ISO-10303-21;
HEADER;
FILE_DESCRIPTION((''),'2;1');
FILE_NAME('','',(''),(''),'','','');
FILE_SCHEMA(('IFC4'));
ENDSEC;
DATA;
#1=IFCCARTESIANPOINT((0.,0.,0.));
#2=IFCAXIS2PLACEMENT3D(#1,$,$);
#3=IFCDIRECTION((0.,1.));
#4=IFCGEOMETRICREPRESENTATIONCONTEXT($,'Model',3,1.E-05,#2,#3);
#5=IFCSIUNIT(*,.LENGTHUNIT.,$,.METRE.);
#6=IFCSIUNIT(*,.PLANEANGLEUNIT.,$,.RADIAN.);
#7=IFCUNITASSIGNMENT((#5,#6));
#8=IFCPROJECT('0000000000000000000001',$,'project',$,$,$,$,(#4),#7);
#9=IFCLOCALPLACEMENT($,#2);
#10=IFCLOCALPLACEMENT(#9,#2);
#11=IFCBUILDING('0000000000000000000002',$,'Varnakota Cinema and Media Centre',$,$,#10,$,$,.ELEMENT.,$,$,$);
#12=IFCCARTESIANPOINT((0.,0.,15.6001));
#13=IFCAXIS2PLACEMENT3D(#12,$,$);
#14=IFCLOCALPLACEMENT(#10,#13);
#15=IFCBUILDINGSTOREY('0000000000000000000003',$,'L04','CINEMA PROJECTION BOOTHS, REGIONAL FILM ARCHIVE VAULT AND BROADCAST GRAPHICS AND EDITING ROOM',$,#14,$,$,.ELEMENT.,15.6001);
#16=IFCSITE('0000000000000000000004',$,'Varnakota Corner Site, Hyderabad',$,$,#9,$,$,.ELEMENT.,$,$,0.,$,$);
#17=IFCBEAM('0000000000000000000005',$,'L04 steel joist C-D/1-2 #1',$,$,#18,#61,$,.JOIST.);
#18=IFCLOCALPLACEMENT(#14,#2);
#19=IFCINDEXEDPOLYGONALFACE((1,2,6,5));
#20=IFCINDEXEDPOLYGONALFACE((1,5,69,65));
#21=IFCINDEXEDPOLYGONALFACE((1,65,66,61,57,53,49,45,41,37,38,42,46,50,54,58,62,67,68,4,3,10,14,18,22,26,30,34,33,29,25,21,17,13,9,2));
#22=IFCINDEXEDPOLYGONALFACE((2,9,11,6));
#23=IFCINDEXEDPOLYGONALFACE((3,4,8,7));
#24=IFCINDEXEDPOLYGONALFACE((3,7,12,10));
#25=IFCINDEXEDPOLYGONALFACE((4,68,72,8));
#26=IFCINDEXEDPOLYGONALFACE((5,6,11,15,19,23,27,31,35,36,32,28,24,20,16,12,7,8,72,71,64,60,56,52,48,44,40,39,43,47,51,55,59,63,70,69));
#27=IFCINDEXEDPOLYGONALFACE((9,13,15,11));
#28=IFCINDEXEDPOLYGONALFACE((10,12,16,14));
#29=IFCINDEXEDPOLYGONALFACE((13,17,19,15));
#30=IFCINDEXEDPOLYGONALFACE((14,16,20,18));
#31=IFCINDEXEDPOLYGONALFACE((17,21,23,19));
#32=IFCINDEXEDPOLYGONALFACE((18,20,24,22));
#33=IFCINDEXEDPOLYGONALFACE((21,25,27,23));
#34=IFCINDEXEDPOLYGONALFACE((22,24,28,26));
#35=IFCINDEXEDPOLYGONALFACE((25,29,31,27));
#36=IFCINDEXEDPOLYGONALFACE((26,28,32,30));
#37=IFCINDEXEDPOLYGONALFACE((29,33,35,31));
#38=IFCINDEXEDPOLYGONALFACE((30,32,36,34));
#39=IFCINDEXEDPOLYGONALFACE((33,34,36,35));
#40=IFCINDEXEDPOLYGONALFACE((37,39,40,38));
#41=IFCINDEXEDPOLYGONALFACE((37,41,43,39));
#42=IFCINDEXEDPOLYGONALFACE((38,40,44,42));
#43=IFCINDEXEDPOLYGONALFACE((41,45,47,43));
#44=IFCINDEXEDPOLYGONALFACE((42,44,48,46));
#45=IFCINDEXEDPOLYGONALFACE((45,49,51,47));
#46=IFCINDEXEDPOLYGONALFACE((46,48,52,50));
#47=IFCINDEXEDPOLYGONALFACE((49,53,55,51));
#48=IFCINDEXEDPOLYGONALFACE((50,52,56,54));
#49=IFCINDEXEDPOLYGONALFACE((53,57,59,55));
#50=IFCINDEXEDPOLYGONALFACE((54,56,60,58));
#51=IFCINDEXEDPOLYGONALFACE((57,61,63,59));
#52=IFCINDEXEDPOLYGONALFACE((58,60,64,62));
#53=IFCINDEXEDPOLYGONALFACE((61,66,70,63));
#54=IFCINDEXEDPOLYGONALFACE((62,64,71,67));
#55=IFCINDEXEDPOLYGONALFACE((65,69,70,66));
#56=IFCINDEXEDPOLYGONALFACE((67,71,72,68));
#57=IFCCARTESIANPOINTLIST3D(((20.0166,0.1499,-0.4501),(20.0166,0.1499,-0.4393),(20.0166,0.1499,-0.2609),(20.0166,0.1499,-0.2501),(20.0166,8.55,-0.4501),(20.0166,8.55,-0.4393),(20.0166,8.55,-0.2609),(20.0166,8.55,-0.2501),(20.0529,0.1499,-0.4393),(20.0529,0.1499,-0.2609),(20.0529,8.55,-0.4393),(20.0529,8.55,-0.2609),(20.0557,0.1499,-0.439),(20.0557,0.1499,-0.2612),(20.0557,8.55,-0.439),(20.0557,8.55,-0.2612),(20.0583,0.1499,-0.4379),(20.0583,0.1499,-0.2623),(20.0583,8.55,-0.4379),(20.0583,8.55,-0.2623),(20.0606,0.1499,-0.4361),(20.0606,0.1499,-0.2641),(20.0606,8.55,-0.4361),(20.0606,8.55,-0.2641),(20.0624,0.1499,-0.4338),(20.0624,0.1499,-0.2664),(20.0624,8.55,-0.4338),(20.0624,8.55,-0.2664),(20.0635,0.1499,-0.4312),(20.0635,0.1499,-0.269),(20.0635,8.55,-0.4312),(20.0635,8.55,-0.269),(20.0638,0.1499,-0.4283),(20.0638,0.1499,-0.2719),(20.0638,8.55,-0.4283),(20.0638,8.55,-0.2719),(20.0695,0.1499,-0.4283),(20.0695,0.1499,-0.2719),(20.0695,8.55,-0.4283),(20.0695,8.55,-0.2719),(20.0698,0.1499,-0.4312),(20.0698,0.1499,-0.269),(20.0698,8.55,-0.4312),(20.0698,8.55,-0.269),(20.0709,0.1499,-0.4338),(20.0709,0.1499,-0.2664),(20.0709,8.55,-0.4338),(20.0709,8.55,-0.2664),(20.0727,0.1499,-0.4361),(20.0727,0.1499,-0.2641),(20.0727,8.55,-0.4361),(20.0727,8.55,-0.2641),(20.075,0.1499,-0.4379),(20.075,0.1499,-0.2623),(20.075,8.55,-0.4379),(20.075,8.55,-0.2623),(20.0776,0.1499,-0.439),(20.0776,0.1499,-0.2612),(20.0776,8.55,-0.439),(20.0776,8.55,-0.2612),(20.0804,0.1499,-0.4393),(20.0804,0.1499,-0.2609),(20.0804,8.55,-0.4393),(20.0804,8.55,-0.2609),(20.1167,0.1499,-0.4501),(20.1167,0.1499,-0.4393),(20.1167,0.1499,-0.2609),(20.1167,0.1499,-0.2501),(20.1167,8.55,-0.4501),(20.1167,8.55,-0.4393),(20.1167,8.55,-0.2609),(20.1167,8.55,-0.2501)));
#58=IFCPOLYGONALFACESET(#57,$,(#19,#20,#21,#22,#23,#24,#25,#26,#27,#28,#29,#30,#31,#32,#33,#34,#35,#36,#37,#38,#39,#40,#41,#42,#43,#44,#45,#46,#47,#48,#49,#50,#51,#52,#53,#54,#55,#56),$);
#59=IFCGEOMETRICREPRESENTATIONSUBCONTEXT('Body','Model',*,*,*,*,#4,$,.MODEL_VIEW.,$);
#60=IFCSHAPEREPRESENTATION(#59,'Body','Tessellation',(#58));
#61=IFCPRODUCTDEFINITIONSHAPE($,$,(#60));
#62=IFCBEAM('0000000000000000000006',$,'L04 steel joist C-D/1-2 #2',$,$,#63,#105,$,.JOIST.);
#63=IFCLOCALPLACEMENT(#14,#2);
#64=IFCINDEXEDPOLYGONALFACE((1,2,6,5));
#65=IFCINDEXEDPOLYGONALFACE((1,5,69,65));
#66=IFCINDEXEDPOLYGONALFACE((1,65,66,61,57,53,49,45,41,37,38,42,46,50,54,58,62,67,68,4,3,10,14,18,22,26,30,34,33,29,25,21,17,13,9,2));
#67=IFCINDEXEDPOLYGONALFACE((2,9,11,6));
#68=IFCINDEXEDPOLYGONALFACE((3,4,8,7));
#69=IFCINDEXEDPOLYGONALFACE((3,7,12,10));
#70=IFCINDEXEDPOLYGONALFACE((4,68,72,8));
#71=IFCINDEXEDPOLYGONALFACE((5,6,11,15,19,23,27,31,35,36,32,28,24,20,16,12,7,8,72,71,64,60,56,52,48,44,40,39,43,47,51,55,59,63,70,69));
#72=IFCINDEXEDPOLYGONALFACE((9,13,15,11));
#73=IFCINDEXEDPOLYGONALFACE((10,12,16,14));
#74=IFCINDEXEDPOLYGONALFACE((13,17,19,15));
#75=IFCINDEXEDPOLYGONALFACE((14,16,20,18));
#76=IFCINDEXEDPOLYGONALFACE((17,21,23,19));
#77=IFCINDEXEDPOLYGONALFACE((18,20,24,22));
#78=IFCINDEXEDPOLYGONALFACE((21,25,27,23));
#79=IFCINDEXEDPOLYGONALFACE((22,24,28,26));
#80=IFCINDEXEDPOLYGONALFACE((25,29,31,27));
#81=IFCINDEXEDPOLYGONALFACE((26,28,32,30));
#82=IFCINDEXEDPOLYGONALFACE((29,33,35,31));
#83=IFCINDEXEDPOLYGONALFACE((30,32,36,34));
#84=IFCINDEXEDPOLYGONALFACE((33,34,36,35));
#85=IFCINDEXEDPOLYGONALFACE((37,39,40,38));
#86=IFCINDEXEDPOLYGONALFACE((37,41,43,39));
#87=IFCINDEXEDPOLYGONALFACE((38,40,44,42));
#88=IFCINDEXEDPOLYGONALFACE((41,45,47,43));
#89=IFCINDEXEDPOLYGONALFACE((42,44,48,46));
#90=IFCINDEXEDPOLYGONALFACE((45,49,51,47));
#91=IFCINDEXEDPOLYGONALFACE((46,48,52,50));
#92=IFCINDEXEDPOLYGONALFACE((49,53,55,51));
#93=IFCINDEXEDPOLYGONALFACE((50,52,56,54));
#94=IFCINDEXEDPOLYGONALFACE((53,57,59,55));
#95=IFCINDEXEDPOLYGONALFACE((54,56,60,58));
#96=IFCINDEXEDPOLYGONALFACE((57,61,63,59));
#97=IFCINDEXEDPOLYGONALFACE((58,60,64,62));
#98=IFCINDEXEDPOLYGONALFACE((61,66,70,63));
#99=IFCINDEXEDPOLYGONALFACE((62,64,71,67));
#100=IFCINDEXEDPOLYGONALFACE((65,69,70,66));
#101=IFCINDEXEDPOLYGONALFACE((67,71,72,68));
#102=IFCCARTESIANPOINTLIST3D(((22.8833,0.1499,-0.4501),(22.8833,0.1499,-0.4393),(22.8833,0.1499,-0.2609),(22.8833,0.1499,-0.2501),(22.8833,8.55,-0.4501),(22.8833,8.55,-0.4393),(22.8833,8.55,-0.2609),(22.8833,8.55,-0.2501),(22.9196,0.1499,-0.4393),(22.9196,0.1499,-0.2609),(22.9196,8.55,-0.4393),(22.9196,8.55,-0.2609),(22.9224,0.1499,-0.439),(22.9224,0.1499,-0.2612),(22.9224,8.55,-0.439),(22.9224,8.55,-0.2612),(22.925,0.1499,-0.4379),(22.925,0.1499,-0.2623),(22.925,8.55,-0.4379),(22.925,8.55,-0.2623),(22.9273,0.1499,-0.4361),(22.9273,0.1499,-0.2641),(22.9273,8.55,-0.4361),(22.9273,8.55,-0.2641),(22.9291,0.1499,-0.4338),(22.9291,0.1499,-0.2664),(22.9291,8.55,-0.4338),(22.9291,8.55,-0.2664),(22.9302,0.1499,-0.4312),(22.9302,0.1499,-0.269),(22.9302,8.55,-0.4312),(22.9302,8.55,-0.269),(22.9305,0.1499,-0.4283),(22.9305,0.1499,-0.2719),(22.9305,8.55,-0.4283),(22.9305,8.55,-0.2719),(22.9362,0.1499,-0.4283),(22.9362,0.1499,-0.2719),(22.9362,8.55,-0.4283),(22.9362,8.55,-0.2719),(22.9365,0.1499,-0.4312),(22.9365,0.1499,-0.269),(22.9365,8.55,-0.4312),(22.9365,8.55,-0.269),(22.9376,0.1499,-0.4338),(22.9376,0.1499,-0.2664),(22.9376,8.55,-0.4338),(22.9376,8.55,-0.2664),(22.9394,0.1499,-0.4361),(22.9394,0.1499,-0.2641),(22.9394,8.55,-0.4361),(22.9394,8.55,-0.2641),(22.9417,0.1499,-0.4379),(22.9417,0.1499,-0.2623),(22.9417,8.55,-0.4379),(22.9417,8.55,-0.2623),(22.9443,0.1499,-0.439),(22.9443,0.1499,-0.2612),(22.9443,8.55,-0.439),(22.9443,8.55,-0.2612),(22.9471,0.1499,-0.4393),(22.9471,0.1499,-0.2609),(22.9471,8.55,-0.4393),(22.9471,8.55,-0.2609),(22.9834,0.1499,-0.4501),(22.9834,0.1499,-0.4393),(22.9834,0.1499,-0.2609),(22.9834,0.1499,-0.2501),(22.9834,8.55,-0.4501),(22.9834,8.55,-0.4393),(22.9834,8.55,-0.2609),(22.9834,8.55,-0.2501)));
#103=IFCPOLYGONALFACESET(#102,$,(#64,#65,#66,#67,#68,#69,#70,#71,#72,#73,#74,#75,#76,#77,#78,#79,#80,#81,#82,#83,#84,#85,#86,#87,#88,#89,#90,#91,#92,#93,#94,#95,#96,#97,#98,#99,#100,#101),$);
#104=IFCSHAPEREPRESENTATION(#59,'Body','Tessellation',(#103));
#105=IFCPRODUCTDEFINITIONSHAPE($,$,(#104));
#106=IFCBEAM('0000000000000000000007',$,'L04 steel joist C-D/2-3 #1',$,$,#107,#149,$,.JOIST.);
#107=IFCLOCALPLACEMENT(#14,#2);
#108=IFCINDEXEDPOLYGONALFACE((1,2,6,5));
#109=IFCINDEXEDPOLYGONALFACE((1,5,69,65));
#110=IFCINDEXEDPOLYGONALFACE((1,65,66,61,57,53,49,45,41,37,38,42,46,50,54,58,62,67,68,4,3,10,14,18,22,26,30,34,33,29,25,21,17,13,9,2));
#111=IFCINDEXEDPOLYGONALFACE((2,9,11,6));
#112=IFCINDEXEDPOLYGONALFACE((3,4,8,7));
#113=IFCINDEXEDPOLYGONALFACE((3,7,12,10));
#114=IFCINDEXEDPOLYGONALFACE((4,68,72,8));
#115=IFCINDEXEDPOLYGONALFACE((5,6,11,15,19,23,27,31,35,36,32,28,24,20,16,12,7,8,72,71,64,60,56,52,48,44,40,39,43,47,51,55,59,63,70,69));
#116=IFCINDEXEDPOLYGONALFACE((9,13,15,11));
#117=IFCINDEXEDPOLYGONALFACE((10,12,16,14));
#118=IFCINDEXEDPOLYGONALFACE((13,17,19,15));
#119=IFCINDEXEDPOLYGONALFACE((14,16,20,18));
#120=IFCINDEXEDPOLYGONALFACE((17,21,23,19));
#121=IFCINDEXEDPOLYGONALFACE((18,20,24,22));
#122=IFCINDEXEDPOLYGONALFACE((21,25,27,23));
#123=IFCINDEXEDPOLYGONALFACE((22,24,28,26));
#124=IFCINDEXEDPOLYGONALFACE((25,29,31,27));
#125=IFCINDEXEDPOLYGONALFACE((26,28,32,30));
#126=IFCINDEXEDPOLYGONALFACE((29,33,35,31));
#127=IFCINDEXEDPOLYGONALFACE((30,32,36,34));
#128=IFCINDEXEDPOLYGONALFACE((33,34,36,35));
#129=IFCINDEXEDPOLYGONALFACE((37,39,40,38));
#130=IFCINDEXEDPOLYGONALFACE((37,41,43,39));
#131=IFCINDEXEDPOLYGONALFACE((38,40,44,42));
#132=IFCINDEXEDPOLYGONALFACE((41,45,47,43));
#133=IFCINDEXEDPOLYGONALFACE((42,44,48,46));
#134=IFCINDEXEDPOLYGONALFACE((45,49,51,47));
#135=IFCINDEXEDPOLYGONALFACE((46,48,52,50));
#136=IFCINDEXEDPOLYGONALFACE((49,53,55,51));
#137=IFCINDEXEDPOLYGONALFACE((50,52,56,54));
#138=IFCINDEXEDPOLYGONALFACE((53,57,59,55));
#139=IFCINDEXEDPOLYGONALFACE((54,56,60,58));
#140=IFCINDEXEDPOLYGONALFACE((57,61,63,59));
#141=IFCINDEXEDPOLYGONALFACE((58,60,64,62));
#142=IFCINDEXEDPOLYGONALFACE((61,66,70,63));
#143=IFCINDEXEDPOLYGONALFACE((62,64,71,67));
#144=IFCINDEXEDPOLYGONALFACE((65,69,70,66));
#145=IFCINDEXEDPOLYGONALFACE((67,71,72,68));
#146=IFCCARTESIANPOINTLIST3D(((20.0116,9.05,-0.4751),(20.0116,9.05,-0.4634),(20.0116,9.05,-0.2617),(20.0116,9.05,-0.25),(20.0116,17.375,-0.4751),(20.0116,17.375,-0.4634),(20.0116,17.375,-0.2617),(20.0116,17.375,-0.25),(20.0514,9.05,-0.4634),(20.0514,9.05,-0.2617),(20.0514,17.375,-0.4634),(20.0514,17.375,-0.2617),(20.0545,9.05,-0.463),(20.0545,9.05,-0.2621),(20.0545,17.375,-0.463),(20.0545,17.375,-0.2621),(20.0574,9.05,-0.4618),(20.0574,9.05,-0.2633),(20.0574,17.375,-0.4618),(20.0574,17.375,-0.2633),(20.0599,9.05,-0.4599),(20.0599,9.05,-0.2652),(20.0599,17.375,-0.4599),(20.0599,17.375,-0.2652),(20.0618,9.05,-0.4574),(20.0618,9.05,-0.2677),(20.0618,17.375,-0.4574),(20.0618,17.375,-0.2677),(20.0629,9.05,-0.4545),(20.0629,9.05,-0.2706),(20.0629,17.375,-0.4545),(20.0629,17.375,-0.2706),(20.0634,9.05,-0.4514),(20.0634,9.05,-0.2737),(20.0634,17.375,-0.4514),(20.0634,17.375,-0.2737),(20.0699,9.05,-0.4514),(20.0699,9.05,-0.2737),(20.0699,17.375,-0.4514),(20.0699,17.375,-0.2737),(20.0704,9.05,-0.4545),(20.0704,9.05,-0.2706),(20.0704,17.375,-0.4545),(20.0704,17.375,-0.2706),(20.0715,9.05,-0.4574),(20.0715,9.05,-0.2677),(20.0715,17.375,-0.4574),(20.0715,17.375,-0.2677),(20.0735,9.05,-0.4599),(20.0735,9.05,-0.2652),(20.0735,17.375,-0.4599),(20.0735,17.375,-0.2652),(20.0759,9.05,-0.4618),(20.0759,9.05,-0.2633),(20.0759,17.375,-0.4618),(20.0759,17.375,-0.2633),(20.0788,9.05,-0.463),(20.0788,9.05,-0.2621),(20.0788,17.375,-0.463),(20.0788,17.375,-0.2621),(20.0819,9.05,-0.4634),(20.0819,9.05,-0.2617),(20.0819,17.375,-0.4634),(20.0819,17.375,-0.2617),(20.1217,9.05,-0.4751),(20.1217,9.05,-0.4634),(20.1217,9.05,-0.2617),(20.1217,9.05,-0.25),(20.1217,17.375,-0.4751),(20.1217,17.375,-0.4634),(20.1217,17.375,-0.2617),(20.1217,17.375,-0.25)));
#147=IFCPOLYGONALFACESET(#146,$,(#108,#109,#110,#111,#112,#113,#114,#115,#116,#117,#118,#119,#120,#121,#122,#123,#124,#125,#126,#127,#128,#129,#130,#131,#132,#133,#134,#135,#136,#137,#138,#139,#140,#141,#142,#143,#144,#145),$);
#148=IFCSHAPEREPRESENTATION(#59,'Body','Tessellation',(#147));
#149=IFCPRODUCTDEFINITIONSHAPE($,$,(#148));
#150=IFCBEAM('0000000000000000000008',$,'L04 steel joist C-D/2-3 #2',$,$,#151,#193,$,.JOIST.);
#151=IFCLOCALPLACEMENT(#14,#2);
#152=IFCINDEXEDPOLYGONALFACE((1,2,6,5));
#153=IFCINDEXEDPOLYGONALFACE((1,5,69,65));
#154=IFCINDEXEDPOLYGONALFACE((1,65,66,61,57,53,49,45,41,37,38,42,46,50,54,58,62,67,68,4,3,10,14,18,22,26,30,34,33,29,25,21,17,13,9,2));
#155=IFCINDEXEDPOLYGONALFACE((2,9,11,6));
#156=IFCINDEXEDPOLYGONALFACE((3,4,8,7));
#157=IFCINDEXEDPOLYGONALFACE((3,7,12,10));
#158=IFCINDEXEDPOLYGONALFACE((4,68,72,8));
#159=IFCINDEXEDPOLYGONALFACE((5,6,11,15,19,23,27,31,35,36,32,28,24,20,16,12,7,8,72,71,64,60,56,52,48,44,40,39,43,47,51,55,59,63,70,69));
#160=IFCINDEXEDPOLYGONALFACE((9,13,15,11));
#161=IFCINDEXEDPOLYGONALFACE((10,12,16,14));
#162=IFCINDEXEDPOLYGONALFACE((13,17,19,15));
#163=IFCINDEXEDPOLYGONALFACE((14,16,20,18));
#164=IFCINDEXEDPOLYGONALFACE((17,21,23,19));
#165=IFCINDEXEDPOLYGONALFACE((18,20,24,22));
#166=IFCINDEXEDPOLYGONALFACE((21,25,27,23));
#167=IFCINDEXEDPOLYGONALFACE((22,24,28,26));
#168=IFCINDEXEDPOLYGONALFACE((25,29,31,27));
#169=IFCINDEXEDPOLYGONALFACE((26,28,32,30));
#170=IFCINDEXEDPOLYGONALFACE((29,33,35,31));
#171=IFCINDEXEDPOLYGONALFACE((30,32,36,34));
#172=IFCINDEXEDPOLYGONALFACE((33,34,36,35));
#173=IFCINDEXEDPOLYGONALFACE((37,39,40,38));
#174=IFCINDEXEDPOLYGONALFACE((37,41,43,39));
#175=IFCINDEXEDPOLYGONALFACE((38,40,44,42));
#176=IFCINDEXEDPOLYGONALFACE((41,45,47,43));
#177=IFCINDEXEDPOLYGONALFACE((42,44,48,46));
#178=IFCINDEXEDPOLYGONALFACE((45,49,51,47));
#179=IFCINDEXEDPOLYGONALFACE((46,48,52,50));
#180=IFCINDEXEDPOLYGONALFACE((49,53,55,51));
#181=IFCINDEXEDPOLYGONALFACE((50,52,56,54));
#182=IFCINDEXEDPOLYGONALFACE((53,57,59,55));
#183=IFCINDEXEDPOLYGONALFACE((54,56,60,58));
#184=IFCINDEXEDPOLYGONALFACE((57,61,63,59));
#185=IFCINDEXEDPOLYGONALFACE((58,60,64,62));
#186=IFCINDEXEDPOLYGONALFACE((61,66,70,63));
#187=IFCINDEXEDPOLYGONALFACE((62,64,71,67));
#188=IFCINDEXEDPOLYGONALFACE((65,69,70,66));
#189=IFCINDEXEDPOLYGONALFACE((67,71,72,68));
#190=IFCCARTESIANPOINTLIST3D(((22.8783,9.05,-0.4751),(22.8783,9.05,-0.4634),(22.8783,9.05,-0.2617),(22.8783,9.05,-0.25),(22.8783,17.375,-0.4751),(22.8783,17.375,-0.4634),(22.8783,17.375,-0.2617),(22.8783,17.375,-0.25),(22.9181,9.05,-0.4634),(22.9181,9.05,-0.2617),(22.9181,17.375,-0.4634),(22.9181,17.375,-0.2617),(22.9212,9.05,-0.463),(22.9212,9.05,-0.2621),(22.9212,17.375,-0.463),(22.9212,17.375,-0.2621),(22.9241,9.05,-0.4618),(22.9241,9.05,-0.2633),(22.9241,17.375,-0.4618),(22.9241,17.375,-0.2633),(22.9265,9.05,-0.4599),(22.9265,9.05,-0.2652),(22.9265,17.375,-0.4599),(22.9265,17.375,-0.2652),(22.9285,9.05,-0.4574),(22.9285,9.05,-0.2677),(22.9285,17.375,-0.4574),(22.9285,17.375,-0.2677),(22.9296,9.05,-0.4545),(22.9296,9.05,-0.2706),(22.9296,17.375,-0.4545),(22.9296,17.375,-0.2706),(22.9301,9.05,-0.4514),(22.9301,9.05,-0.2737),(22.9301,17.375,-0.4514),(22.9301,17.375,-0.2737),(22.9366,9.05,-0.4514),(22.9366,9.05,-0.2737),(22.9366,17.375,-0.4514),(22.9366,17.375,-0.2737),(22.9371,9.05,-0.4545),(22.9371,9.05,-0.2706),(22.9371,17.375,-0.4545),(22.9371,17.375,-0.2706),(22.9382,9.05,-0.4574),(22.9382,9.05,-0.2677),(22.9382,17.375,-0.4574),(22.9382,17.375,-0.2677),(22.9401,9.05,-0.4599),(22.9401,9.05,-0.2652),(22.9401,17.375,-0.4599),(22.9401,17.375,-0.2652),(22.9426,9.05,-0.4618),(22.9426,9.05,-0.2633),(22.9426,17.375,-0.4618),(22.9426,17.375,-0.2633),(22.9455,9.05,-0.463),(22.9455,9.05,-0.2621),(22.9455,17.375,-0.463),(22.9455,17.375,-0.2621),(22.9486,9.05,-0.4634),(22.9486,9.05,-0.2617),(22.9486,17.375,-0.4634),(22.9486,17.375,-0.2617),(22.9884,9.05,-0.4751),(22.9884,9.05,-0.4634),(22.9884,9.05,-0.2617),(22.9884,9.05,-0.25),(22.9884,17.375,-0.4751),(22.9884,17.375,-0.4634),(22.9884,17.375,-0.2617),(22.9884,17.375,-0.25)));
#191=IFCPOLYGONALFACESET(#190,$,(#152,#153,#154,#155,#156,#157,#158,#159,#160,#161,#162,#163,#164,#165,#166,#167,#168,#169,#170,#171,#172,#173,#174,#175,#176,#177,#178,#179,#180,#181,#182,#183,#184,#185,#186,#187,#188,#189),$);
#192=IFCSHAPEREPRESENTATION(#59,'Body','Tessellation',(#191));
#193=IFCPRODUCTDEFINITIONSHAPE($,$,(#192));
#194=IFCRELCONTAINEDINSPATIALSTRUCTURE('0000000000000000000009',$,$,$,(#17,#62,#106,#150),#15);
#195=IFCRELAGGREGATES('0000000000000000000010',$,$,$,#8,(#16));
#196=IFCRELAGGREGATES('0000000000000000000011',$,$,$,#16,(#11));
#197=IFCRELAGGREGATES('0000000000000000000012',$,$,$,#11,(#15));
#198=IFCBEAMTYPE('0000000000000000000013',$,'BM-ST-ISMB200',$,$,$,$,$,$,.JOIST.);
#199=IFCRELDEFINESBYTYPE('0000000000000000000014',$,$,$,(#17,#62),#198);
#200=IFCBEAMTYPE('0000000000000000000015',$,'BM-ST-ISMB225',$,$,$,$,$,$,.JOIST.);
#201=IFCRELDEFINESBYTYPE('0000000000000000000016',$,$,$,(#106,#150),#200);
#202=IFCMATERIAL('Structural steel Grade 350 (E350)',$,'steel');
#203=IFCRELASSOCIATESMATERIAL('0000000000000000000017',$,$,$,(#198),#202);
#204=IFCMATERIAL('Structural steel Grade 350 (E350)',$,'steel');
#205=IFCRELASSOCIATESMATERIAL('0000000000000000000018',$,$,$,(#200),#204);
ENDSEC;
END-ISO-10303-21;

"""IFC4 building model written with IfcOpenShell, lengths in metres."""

from ifc_helpers import new_model, si_unit, direction, frame, origin, origin_2d, place, context, subcontext, project, spatial, i_section, extrude, material, material_profile, profile_set, type_object, element, save


model = new_model("IFC4")

# Units and contexts
model_context = context("Model", 3, precision=1e-05, world=origin(), true_north=direction((0.0, 1.0)))
body_context = subcontext(model_context, "Body", "Model", "MODEL_VIEW")
ifc_project = project(units=[si_unit("LENGTHUNIT", "METRE"), si_unit("PLANEANGLEUNIT", "RADIAN")], contexts=[model_context])

# Site, building, storey
site_placement = place(None, origin())
site = spatial("IfcSite", under=ifc_project, at=site_placement, Name="Varnakota Corner Site, Hyderabad", CompositionType="ELEMENT", RefElevation=0.0)
building_placement = place(site_placement, origin())
building = spatial("IfcBuilding", under=site, at=building_placement, Name="Varnakota Cinema and Media Centre", CompositionType="ELEMENT")
storey_placement = place(building_placement, frame((0.0, 0.0, 15.6001)))
storey = spatial("IfcBuildingStorey", under=building, at=storey_placement, Name="L04", Description="CINEMA PROJECTION BOOTHS, REGIONAL FILM ARCHIVE VAULT AND BROADCAST GRAPHICS AND EDITING ROOM", CompositionType="ELEMENT", Elevation=15.6001)

# Beams
ifc_material_1 = material(Name="Structural steel Grade 350 (E350)", Category="steel")
ifc_material_profile_1 = material_profile(ifc_material_1, i_section(OverallWidth=0.1001, OverallDepth=0.2, WebThickness=0.0056, FlangeThickness=0.0107, FilletRadius=0.011, at=origin_2d()), Name="ISMB 200")
ifc_profile_set_1 = profile_set([ifc_material_profile_1], Name="Structural steel Grade 350 (E350)")
beam_type_1 = type_object("IfcBeamType", Name="BM-ST-ISMB200", PredefinedType="JOIST", material=ifc_profile_set_1)
for number, where, z_axis, x_axis, name in (
    (1, (20.0667, 0.1499, -0.3501), (0.0, 1.0, 0.0), (-1.0, 0.0, 0.0), "L04 steel joist C-D/1-2 #1"),
    (2, (22.9333, 0.1499, -0.3501), (0.0, 1.0, 0.0), (-1.0, 0.0, 0.0), "L04 steel joist C-D/1-2 #2"),
):
    element("IfcBeam", number, at=place(storey_placement, frame(where, z_axis=z_axis, x_axis=x_axis)), inside=storey, type_object=beam_type_1, Name=name, PredefinedType="JOIST", context=body_context, shape_type="SweptSolid", body=[
        extrude(i_section(OverallWidth=0.1001, OverallDepth=0.2, WebThickness=0.0056, FlangeThickness=0.0107, FilletRadius=0.011, at=origin_2d()), origin(), (0.0, 0.0, 1.0), 8.4001),
    ])
ifc_material_2 = material(Name="Structural steel Grade 350 (E350)", Category="steel")
ifc_material_profile_2 = material_profile(ifc_material_2, i_section(OverallWidth=0.1101, OverallDepth=0.2251, WebThickness=0.0066, FlangeThickness=0.0117, FilletRadius=0.012, at=origin_2d()), Name="ISMB 225")
ifc_profile_set_2 = profile_set([ifc_material_profile_2], Name="Structural steel Grade 350 (E350)")
beam_type_2 = type_object("IfcBeamType", Name="BM-ST-ISMB225", PredefinedType="JOIST", material=ifc_profile_set_2)
for number, where, z_axis, x_axis, name in (
    (3, (20.0667, 9.05, -0.3625), (0.0, 1.0, 0.0), (-1.0, 0.0, 0.0), "L04 steel joist C-D/2-3 #1"),
    (4, (22.9333, 9.05, -0.3625), (0.0, 1.0, 0.0), (-1.0, 0.0, 0.0), "L04 steel joist C-D/2-3 #2"),
):
    element("IfcBeam", number, at=place(storey_placement, frame(where, z_axis=z_axis, x_axis=x_axis)), inside=storey, type_object=beam_type_2, Name=name, PredefinedType="JOIST", context=body_context, shape_type="SweptSolid", body=[
        extrude(i_section(OverallWidth=0.1101, OverallDepth=0.2251, WebThickness=0.0066, FlangeThickness=0.0117, FilletRadius=0.012, at=origin_2d()), origin(), (0.0, 0.0, 1.0), 8.325),
    ])

save(model, "model.ifc")
